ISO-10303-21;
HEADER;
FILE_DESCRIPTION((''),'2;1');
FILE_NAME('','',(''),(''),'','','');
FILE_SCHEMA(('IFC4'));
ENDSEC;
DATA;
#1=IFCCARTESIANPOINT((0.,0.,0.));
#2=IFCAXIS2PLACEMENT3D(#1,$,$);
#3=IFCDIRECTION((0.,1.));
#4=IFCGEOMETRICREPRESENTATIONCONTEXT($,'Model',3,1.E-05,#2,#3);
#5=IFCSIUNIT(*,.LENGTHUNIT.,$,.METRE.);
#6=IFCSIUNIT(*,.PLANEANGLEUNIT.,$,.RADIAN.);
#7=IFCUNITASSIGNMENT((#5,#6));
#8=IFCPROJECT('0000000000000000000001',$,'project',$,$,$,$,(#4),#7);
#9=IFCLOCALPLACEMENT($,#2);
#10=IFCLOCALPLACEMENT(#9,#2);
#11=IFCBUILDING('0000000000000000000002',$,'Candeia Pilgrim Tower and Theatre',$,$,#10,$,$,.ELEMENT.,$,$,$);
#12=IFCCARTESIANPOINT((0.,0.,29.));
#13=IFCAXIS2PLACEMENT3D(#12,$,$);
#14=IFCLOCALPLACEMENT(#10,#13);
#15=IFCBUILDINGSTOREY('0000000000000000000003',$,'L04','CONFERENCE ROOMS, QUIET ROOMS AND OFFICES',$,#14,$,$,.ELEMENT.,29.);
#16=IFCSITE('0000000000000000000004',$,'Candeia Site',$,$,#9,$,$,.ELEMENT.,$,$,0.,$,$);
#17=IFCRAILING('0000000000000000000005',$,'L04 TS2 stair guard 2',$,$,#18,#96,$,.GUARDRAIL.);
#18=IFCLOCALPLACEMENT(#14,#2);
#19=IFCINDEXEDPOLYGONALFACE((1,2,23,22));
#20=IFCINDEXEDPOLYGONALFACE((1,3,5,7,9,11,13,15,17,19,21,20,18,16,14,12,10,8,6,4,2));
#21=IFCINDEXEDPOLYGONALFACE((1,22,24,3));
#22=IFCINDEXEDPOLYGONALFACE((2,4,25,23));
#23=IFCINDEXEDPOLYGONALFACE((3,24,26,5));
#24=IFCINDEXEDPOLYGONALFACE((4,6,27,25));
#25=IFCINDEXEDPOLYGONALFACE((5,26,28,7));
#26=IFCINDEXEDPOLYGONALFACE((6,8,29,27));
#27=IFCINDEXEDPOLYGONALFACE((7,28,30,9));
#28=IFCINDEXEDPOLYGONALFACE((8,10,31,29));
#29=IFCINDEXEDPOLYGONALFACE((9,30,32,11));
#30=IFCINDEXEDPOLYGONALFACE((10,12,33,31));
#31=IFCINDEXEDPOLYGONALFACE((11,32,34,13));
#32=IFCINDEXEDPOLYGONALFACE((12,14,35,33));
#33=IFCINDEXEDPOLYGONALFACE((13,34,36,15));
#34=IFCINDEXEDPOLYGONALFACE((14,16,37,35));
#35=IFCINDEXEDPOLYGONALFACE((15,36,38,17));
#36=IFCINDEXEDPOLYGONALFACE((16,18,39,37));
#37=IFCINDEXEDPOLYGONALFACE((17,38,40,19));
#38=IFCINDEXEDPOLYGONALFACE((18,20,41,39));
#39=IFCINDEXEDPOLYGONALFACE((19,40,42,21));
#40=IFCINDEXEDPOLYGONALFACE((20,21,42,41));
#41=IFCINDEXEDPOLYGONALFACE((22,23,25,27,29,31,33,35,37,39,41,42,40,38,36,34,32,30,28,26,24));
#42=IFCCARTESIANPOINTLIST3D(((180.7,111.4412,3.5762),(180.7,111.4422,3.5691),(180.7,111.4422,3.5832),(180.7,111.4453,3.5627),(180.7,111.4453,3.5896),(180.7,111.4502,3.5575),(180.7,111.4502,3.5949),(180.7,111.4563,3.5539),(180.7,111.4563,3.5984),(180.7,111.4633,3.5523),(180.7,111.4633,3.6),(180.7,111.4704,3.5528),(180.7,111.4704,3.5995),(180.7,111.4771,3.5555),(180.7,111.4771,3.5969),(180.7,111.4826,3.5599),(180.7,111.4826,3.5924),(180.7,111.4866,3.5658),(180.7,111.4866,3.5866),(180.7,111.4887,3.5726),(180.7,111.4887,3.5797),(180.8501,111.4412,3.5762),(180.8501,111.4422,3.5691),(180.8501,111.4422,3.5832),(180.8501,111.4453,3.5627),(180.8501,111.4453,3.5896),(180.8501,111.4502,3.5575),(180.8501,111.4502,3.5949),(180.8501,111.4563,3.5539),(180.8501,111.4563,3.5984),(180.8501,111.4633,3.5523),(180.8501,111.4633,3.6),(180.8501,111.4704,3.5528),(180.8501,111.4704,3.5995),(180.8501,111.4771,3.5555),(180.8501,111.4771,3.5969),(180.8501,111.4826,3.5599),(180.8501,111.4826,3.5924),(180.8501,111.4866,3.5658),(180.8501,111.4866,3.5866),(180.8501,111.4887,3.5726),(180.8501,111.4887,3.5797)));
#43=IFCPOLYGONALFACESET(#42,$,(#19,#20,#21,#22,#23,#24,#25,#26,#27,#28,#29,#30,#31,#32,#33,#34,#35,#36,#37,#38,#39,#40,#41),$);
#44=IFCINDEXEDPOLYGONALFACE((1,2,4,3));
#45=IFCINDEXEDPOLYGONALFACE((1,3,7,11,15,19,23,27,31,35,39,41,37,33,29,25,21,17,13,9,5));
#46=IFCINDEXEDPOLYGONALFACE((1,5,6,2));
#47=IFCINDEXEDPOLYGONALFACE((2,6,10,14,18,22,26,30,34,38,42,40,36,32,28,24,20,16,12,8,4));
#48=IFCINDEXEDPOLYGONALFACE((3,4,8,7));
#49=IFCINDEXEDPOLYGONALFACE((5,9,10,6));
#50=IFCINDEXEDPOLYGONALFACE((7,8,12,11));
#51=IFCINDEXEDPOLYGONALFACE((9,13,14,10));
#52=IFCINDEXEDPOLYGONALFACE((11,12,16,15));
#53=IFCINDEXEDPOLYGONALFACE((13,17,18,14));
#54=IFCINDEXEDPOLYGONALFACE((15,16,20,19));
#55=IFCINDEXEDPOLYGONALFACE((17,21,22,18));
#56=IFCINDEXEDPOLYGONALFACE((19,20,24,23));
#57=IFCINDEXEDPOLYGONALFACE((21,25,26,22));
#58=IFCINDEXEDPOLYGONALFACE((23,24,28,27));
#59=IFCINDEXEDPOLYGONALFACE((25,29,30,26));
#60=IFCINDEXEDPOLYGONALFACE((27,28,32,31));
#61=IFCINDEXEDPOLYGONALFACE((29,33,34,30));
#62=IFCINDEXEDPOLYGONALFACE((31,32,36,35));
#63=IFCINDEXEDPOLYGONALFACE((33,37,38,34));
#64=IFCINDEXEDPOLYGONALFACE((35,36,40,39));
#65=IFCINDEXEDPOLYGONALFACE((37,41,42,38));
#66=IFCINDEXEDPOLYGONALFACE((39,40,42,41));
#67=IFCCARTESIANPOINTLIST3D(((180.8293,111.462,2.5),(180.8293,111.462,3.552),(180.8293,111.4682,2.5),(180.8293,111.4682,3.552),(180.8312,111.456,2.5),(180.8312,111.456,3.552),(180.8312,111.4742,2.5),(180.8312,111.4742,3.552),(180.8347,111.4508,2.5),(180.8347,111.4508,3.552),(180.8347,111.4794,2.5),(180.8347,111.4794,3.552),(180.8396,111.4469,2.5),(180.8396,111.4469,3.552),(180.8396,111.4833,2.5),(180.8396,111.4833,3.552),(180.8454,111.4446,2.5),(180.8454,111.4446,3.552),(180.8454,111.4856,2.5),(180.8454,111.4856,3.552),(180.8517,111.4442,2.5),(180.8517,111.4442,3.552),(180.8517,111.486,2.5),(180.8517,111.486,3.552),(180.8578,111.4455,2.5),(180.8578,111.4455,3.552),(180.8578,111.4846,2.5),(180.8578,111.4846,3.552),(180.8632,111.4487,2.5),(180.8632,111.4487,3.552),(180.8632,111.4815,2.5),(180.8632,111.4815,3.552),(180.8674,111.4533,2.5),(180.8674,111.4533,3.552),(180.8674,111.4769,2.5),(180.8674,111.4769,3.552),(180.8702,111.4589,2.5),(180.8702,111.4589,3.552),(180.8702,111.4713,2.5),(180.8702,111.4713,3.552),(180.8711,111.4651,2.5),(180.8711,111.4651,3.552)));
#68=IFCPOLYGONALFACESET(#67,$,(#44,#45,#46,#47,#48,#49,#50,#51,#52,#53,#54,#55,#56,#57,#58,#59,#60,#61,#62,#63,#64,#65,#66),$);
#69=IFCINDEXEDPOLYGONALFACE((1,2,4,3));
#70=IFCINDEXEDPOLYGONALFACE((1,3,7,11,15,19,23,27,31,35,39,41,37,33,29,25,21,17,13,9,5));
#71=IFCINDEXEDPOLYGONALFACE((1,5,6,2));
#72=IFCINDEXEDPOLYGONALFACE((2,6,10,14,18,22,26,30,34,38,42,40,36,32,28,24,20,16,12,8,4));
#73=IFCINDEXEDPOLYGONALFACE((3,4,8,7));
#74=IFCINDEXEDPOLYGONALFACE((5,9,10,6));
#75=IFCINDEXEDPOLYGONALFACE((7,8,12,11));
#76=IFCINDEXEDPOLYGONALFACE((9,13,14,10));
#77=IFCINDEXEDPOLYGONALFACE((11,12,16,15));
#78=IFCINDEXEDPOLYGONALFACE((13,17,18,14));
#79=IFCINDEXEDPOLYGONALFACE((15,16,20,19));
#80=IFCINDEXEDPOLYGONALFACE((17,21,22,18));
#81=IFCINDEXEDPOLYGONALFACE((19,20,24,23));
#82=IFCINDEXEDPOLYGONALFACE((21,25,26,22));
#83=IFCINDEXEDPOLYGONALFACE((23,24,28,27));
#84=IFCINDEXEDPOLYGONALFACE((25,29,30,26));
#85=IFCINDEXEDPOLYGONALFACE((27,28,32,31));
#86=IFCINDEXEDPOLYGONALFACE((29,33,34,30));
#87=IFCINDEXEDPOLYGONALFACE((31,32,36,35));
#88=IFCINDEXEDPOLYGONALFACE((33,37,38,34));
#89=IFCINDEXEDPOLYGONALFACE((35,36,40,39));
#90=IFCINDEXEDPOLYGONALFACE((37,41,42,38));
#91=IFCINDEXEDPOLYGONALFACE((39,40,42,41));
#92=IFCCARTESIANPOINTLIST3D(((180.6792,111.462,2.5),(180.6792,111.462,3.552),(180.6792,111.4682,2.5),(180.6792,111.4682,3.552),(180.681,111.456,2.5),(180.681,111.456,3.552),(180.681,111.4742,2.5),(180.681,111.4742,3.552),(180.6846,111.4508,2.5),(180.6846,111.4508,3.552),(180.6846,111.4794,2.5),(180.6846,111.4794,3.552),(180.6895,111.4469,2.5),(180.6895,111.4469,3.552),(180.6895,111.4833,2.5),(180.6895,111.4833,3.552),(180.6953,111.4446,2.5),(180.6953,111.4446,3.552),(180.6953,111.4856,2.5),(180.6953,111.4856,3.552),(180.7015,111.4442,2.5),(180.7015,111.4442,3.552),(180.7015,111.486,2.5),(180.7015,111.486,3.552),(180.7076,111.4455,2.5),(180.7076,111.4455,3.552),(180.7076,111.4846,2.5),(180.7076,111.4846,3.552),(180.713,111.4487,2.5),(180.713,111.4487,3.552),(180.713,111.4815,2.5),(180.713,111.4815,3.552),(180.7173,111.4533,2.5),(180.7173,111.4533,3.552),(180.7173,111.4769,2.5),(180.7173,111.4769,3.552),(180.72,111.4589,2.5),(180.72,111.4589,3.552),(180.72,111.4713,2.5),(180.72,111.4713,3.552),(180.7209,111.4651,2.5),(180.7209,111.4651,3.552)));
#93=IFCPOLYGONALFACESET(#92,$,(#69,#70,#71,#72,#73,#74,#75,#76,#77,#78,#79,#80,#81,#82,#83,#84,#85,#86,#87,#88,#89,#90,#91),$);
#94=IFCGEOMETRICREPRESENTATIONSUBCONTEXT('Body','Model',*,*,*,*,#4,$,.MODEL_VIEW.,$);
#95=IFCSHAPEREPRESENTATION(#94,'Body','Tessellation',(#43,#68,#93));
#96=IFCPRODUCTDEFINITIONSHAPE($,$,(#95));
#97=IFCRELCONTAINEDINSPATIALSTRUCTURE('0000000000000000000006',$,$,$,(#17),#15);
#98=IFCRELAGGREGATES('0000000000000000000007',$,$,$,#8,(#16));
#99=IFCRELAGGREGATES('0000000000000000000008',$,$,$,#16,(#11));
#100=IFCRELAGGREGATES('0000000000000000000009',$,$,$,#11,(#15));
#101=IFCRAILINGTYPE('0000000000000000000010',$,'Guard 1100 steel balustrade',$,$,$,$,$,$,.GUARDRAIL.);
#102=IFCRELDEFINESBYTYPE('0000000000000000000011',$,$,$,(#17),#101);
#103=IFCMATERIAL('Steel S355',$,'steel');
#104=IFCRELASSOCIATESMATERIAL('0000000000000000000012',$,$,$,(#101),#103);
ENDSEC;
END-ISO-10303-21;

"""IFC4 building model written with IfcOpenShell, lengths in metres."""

from ifc_helpers import new_model, si_unit, direction, frame, origin, origin_2d, place, context, subcontext, project, spatial, circle, extrude, material, type_object, element, save


model = new_model("IFC4")

# Units and contexts
model_context = context("Model", 3, precision=1e-05, world=origin(), true_north=direction((0.0, 1.0)))
body_context = subcontext(model_context, "Body", "Model", "MODEL_VIEW")
ifc_project = project(units=[si_unit("LENGTHUNIT", "METRE"), si_unit("PLANEANGLEUNIT", "RADIAN")], contexts=[model_context])

# Site, building, storey
site_placement = place(None, origin())
site = spatial("IfcSite", under=ifc_project, at=site_placement, Name="Candeia Site", CompositionType="ELEMENT", RefElevation=0.0)
building_placement = place(site_placement, origin())
building = spatial("IfcBuilding", under=site, at=building_placement, Name="Candeia Pilgrim Tower and Theatre", CompositionType="ELEMENT")
storey_placement = place(building_placement, frame((0.0, 0.0, 29.0)))
storey = spatial("IfcBuildingStorey", under=building, at=storey_placement, Name="L04", Description="CONFERENCE ROOMS, QUIET ROOMS AND OFFICES", CompositionType="ELEMENT", Elevation=29.0)

# Railing
ifc_material_1 = material(Name="Steel S355", Category="steel")
railing_type_1 = type_object("IfcRailingType", Name="Guard 1100 steel balustrade", PredefinedType="GUARDRAIL", material=ifc_material_1)
railing_1_placement = place(storey_placement, frame((180.8501, 111.4651, 2.5)))
element("IfcRailing", 1, at=railing_1_placement, inside=storey, type_object=railing_type_1, Name="L04 TS2 stair guard 2", PredefinedType="GUARDRAIL", context=body_context, shape_type="SweptSolid", body=[
    extrude(circle(Radius=0.0239, at=origin_2d()), frame((0.0, 0.0, 1.0762), z_axis=(-1.0, 0.0, 0.0), x_axis=(0.0, -1.0, 0.0)), (0.0, 0.0, 1.0), 0.1501),
    extrude(circle(Radius=0.021, at=origin_2d()), origin(), (0.0, 0.0, 1.0), 1.052),
    extrude(circle(Radius=0.021, at=origin_2d()), frame((-0.1501, 0.0, 0.0)), (0.0, 0.0, 1.0), 1.052),
])

save(model, "model.ifc")
